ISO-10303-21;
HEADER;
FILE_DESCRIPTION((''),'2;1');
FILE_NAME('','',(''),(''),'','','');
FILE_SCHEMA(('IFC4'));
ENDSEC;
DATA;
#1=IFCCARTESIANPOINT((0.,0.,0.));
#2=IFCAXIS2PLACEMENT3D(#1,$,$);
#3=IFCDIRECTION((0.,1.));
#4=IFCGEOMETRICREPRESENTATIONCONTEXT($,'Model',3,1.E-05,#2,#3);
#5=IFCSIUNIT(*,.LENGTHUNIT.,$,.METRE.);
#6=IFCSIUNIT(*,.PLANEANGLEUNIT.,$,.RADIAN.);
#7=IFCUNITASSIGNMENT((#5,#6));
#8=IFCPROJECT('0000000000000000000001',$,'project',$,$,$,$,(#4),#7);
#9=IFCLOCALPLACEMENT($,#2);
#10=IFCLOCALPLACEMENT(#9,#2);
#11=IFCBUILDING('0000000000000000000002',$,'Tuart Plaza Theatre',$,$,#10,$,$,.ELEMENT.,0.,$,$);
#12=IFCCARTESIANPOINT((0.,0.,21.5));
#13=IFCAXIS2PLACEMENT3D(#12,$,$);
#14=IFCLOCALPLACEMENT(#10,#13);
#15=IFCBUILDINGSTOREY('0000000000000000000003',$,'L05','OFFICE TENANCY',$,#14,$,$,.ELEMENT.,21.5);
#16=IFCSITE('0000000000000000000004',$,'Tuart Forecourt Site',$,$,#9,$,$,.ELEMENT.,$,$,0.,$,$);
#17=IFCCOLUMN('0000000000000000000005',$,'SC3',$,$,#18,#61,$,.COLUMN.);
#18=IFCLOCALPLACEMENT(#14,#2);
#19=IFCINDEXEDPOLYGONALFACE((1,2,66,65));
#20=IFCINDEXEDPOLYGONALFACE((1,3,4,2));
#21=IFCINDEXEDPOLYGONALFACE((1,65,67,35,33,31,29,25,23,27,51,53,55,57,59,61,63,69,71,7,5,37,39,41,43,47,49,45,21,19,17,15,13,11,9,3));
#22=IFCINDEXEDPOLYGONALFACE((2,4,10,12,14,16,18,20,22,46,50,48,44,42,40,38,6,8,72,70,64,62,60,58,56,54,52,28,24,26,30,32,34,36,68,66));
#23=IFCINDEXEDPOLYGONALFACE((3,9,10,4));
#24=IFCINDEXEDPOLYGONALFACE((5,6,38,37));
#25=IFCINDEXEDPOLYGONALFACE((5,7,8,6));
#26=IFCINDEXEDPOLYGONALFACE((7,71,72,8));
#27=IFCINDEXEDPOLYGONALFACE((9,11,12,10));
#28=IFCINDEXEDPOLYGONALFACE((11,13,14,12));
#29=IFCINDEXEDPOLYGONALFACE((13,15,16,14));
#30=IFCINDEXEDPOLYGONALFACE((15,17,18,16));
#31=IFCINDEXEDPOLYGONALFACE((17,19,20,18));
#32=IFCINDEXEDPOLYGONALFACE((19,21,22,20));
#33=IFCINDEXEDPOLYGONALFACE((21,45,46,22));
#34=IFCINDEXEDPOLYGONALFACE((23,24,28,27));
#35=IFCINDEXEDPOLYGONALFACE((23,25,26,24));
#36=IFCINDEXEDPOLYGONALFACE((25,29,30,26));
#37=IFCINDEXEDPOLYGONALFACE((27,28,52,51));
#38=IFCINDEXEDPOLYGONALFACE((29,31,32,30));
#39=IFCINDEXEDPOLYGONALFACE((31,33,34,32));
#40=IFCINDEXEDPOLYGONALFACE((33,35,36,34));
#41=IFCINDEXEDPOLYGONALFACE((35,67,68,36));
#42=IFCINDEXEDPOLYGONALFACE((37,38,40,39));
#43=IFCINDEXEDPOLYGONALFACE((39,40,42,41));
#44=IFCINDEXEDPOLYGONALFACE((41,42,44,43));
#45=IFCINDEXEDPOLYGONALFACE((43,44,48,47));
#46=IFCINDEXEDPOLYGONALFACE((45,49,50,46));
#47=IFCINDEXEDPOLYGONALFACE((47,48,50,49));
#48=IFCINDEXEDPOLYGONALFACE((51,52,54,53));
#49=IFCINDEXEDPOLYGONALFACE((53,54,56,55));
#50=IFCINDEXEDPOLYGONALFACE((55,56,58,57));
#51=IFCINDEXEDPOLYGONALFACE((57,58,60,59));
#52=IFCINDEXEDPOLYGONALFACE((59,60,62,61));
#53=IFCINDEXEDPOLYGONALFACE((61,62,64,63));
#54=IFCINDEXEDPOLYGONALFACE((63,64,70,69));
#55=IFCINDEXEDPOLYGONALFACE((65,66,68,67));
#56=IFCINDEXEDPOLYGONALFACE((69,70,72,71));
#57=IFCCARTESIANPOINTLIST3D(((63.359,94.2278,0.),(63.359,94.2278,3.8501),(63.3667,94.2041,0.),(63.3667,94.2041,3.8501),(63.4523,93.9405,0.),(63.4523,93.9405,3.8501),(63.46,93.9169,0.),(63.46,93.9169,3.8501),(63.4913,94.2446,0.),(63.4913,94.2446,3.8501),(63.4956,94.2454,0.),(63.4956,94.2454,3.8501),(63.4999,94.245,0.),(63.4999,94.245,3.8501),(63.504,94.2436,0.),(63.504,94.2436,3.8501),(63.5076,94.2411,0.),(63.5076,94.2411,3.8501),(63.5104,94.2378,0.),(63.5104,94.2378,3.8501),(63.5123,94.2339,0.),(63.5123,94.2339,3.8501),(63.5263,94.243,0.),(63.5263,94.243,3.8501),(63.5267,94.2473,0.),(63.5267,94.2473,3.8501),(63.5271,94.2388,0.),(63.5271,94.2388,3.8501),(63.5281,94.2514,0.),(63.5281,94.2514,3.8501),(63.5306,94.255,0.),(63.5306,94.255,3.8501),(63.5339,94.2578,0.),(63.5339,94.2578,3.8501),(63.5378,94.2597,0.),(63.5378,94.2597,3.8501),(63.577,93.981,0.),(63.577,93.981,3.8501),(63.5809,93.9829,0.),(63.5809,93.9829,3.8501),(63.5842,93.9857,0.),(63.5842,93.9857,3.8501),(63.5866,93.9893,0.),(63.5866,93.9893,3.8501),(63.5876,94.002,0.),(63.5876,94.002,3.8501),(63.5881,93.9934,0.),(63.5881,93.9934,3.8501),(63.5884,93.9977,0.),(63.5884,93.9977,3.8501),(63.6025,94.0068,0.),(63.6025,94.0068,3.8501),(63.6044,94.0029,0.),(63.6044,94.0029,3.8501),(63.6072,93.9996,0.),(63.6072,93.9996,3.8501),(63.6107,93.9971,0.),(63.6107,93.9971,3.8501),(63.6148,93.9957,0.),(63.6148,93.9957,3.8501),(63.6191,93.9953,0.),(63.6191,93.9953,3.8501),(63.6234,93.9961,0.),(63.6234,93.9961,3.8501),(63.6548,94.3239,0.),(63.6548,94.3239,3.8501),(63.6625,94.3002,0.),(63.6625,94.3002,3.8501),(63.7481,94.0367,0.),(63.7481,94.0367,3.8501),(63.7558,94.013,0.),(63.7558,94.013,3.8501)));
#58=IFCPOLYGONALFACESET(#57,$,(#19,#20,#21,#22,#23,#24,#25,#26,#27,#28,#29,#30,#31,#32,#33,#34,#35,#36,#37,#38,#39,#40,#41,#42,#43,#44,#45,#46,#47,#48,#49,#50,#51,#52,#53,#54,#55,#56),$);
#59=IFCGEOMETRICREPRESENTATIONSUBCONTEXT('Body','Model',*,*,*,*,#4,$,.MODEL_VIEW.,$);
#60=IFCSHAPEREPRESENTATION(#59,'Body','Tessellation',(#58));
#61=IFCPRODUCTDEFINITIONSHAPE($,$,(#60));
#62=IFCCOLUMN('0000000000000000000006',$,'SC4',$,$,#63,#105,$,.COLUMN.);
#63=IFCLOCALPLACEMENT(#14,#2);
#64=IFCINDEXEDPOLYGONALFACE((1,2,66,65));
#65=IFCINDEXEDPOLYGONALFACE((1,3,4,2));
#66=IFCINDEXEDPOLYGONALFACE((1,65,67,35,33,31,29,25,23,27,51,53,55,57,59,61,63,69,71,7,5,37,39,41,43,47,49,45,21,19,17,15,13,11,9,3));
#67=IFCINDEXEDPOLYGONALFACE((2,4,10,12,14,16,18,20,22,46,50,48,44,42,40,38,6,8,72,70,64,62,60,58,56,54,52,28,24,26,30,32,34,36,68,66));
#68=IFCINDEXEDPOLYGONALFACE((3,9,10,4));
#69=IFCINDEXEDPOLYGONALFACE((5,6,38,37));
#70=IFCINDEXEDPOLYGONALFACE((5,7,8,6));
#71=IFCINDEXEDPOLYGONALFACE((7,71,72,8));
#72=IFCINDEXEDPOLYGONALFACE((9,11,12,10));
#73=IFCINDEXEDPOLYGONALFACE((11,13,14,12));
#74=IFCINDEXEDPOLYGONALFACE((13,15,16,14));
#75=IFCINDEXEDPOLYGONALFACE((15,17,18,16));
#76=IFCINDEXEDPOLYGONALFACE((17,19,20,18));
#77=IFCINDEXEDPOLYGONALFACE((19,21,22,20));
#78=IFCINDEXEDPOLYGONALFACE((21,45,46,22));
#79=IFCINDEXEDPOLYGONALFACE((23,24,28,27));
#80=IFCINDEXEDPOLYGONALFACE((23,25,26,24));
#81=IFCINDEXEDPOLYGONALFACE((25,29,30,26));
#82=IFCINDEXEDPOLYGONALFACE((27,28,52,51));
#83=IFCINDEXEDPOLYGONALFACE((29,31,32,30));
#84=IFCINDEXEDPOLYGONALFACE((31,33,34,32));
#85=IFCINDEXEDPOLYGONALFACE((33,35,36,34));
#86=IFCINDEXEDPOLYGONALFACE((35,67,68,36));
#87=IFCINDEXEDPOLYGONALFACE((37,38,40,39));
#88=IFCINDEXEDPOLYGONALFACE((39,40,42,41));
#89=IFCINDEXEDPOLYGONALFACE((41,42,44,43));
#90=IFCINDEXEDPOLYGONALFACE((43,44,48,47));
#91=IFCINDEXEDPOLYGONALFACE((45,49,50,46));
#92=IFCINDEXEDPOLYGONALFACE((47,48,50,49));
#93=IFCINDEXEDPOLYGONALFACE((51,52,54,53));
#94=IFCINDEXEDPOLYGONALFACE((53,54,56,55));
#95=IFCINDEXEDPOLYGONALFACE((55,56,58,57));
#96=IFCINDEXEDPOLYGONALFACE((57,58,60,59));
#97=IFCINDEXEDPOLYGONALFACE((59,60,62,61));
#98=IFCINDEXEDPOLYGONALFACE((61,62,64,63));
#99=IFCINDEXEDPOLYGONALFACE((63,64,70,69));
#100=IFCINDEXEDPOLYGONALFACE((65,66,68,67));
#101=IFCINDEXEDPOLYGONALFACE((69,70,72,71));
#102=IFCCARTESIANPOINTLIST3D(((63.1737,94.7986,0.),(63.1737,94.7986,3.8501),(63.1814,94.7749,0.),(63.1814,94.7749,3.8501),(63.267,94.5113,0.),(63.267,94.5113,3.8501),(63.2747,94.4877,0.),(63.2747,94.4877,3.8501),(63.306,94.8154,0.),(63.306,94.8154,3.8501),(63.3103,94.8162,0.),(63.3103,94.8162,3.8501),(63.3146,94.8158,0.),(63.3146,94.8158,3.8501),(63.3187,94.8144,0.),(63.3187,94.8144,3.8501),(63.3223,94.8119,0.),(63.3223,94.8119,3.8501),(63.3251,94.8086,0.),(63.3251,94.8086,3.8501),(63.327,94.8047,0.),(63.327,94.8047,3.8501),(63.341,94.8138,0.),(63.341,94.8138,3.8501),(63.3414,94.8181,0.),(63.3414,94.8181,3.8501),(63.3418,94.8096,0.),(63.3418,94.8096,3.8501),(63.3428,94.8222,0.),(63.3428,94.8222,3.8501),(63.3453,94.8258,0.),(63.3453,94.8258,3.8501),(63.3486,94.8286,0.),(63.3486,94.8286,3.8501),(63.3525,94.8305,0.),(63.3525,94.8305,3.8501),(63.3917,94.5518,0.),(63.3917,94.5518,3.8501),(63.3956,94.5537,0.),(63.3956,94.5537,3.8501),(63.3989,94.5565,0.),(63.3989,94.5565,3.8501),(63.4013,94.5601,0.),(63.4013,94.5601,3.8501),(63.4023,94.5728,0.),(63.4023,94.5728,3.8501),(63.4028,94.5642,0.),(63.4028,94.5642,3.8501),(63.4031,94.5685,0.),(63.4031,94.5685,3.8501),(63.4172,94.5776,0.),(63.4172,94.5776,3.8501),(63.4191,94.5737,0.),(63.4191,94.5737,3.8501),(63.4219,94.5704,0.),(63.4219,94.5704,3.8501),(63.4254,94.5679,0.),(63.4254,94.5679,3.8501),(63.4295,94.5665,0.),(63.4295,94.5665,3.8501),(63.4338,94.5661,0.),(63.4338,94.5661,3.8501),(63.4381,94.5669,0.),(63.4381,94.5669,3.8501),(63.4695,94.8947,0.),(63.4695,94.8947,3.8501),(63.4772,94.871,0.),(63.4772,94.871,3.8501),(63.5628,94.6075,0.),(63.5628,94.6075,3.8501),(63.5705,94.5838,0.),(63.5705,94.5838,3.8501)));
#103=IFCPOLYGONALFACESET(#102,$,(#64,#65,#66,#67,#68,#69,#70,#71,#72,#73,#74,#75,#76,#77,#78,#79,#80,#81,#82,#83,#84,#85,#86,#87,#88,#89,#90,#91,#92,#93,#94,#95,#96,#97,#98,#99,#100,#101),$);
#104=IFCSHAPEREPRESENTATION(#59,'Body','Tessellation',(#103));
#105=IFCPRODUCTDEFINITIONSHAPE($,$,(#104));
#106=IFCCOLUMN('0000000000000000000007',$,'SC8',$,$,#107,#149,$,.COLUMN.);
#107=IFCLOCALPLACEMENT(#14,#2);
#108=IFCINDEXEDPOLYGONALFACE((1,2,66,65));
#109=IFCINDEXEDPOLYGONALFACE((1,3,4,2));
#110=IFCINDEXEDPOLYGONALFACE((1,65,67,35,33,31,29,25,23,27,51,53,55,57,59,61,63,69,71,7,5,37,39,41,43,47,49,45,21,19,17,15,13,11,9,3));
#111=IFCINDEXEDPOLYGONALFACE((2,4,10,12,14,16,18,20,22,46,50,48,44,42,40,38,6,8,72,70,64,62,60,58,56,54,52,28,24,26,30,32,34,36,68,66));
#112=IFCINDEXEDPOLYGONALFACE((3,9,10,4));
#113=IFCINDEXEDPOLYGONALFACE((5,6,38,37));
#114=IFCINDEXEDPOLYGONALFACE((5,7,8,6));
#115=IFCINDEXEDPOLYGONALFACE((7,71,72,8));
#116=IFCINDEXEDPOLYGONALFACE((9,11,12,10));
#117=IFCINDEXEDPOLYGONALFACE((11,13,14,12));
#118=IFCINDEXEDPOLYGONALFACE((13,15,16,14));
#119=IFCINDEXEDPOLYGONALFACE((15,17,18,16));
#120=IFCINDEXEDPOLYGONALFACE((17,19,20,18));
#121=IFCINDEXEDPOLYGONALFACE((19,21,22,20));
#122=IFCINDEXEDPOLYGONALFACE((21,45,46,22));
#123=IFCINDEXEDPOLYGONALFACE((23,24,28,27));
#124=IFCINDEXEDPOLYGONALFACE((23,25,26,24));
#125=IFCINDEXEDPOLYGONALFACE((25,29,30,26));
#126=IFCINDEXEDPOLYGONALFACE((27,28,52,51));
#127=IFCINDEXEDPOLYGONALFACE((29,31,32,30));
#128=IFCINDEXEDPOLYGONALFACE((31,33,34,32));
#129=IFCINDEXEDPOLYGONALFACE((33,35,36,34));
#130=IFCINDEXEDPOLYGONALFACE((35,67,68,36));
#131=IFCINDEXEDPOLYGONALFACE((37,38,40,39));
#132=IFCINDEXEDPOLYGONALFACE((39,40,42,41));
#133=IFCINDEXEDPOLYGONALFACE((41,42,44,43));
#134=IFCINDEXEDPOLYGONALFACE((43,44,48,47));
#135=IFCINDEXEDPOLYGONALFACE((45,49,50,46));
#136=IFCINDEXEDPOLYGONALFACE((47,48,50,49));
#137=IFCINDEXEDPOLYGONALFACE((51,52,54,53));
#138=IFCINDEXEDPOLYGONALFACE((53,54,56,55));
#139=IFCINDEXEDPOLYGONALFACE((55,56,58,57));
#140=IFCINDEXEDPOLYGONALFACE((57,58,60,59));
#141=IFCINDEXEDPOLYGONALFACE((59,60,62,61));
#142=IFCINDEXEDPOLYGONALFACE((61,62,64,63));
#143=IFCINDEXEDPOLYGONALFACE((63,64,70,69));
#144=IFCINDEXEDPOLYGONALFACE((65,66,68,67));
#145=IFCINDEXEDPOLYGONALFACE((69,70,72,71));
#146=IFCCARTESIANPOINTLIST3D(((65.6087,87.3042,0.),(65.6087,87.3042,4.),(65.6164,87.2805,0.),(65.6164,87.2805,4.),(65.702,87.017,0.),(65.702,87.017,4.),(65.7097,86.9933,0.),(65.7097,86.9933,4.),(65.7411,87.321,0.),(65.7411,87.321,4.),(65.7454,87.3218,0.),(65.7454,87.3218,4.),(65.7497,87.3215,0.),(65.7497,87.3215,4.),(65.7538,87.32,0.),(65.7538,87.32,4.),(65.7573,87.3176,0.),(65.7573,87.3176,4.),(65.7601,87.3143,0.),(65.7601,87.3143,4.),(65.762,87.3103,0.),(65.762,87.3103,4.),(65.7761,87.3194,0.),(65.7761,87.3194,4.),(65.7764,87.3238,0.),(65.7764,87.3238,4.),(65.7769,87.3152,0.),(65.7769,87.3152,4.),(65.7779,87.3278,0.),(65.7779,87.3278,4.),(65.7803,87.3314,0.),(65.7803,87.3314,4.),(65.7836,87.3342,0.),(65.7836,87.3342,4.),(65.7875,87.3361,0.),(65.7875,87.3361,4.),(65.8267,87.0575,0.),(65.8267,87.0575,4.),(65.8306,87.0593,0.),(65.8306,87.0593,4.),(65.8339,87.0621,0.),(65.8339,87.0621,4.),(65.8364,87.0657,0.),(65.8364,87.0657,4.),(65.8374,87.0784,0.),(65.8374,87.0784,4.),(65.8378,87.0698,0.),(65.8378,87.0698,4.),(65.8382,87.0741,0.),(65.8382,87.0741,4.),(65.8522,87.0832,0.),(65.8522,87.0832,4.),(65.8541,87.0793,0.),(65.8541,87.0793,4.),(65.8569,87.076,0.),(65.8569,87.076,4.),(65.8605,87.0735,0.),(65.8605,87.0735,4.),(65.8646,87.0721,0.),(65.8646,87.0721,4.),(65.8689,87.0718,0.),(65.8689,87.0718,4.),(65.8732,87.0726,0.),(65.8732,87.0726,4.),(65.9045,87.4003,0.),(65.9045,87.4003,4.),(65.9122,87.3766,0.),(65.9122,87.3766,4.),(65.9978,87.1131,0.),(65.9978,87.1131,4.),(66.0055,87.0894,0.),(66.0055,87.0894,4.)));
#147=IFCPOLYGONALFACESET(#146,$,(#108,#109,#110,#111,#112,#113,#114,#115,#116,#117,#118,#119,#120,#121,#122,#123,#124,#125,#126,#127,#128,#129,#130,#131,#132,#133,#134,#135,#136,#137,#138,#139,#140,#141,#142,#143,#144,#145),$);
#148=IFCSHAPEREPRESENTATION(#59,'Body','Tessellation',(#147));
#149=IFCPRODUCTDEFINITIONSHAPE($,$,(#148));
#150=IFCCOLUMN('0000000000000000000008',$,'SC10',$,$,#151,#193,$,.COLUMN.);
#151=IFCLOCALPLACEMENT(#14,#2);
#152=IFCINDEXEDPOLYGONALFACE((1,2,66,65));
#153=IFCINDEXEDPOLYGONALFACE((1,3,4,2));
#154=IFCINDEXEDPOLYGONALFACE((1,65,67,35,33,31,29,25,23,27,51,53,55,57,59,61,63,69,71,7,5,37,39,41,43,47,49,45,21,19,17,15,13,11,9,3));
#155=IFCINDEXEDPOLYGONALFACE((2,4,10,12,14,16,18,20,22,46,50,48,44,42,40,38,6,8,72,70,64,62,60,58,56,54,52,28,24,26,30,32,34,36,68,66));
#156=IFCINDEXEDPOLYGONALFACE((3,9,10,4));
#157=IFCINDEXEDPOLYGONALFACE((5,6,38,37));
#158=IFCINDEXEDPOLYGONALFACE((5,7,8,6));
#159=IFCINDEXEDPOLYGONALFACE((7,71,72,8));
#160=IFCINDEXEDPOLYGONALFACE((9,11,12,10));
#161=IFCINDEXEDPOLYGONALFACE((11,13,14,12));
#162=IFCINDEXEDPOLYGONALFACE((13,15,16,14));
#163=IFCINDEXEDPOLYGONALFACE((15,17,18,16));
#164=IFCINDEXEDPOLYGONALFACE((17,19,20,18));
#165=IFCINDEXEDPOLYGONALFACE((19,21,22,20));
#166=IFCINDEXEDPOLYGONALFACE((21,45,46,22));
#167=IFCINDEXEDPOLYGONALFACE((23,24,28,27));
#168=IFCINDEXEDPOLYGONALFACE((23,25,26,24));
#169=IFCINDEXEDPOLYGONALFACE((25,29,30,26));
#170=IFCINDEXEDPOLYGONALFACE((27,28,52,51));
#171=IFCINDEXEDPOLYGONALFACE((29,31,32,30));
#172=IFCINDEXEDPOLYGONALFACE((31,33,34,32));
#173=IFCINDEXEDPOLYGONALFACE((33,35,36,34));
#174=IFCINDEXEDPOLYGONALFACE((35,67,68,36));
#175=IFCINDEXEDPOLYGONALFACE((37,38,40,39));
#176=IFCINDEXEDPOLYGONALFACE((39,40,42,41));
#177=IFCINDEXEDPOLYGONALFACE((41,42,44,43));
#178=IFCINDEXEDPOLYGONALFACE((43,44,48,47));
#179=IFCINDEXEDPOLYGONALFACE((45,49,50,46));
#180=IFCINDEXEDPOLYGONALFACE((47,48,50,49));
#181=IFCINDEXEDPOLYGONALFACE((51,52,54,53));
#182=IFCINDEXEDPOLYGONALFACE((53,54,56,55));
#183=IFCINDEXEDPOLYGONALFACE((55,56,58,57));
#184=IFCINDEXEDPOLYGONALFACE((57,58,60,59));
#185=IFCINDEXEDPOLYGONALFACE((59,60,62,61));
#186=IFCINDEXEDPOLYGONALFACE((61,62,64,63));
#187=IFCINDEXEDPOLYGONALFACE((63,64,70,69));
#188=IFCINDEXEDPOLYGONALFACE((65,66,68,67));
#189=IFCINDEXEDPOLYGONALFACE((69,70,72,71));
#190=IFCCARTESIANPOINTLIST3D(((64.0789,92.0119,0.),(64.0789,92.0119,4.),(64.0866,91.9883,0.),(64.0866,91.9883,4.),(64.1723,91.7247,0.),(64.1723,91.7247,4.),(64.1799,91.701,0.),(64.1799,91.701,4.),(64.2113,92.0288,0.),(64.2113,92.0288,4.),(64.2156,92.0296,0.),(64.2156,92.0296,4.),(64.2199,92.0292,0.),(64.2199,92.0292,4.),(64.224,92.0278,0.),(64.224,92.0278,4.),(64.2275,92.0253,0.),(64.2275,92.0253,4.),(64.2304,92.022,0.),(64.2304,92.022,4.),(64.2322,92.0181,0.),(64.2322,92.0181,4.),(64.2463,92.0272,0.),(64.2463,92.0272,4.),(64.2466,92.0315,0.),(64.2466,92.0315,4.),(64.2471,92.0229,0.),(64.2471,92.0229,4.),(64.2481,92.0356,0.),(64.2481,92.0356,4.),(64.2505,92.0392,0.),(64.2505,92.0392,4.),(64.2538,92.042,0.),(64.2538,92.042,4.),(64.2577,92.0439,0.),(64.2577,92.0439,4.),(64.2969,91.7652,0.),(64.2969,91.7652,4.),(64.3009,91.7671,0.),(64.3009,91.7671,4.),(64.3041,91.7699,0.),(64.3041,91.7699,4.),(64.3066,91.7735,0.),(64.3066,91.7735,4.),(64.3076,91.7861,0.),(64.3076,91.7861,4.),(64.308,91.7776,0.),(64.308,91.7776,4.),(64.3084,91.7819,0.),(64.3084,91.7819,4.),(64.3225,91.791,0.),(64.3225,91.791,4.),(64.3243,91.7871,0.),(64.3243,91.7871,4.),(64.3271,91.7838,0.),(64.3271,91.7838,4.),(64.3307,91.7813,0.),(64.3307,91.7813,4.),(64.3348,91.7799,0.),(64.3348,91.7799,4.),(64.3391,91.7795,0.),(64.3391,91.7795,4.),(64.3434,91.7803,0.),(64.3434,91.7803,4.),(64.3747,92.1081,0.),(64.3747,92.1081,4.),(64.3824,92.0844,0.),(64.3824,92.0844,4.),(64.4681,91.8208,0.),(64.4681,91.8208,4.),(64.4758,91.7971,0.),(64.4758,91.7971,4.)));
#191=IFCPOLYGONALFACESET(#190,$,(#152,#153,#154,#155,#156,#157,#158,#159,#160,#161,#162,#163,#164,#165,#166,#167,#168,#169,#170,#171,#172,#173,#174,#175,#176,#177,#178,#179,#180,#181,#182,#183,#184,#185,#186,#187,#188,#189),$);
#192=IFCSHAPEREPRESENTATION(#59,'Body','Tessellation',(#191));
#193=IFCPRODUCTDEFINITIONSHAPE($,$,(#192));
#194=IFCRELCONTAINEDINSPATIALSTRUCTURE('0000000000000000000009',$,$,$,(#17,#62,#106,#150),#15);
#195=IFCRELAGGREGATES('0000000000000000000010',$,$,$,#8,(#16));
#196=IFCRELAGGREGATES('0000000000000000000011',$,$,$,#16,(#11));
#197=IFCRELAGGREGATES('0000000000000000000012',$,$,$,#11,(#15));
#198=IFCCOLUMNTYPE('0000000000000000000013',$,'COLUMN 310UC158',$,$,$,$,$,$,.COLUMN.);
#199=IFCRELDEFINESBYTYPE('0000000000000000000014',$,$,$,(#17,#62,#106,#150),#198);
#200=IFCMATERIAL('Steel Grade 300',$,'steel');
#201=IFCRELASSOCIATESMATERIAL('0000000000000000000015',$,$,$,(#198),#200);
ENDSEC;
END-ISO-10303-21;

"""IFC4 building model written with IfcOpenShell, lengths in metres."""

from ifc_helpers import new_model, si_unit, direction, frame, origin, origin_2d, place, context, subcontext, project, spatial, i_section, extrude, material, material_profile, profile_set, type_object, element, save


model = new_model("IFC4")

# Units and contexts
model_context = context("Model", 3, precision=1e-05, world=origin(), true_north=direction((0.0, 1.0)))
body_context = subcontext(model_context, "Body", "Model", "MODEL_VIEW")
ifc_project = project(units=[si_unit("LENGTHUNIT", "METRE"), si_unit("PLANEANGLEUNIT", "RADIAN")], contexts=[model_context])

# Site, building, storey
site_placement = place(None, origin())
site = spatial("IfcSite", under=ifc_project, at=site_placement, Name="Tuart Forecourt Site", CompositionType="ELEMENT", RefElevation=0.0)
building_placement = place(site_placement, origin())
building = spatial("IfcBuilding", under=site, at=building_placement, Name="Tuart Plaza Theatre", CompositionType="ELEMENT", ElevationOfRefHeight=0.0)
storey_placement = place(building_placement, frame((0.0, 0.0, 21.5)))
storey = spatial("IfcBuildingStorey", under=building, at=storey_placement, Name="L05", Description="OFFICE TENANCY", CompositionType="ELEMENT", Elevation=21.5)

# Columns
ifc_material_1 = material(Name="Steel Grade 300", Category="steel")
ifc_material_profile_1 = material_profile(ifc_material_1, i_section(OverallWidth=0.311, OverallDepth=0.3269, WebThickness=0.0156, FlangeThickness=0.0249, FilletRadius=0.0166, at=origin_2d()), Name="310UC158")
ifc_profile_set_1 = profile_set([ifc_material_profile_1], Name="Steel Grade 300")
column_type = type_object("IfcColumnType", Name="COLUMN 310UC158", PredefinedType="COLUMN", material=ifc_profile_set_1)
for number, where, z_axis, x_axis, name in (
    (1, (63.5574, 94.1204, 0.0), (0.0, 0.0, 1.0), (0.951057, 0.309017, 0.0), "SC3"),
    (2, (63.3721, 94.6912, 0.0), (0.0, 0.0, 1.0), (0.951057, 0.309017, 0.0), "SC4"),
):
    element("IfcColumn", number, at=place(storey_placement, frame(where, z_axis=z_axis, x_axis=x_axis)), inside=storey, type_object=column_type, Name=name, PredefinedType="COLUMN", context=body_context, shape_type="SweptSolid", body=[
        extrude(i_section(OverallWidth=0.311, OverallDepth=0.3269, WebThickness=0.0156, FlangeThickness=0.0249, FilletRadius=0.0166, at=origin_2d()), origin(), (0.0, 0.0, 1.0), 3.8501),
    ])
for number, where, z_axis, x_axis, name in (
    (3, (65.8071, 87.1968, 0.0), (0.0, 0.0, 1.0), (0.951057, 0.309017, 0.0), "SC8"),
    (4, (64.2773, 91.9045, 0.0), (0.0, 0.0, 1.0), (0.951057, 0.309017, 0.0), "SC10"),
):
    element("IfcColumn", number, at=place(storey_placement, frame(where, z_axis=z_axis, x_axis=x_axis)), inside=storey, type_object=column_type, Name=name, PredefinedType="COLUMN", context=body_context, shape_type="SweptSolid", body=[
        extrude(i_section(OverallWidth=0.311, OverallDepth=0.3269, WebThickness=0.0156, FlangeThickness=0.0249, FilletRadius=0.0166, at=origin_2d()), origin(), (0.0, 0.0, 1.0), 4.0),
    ])

save(model, "model.ifc")
